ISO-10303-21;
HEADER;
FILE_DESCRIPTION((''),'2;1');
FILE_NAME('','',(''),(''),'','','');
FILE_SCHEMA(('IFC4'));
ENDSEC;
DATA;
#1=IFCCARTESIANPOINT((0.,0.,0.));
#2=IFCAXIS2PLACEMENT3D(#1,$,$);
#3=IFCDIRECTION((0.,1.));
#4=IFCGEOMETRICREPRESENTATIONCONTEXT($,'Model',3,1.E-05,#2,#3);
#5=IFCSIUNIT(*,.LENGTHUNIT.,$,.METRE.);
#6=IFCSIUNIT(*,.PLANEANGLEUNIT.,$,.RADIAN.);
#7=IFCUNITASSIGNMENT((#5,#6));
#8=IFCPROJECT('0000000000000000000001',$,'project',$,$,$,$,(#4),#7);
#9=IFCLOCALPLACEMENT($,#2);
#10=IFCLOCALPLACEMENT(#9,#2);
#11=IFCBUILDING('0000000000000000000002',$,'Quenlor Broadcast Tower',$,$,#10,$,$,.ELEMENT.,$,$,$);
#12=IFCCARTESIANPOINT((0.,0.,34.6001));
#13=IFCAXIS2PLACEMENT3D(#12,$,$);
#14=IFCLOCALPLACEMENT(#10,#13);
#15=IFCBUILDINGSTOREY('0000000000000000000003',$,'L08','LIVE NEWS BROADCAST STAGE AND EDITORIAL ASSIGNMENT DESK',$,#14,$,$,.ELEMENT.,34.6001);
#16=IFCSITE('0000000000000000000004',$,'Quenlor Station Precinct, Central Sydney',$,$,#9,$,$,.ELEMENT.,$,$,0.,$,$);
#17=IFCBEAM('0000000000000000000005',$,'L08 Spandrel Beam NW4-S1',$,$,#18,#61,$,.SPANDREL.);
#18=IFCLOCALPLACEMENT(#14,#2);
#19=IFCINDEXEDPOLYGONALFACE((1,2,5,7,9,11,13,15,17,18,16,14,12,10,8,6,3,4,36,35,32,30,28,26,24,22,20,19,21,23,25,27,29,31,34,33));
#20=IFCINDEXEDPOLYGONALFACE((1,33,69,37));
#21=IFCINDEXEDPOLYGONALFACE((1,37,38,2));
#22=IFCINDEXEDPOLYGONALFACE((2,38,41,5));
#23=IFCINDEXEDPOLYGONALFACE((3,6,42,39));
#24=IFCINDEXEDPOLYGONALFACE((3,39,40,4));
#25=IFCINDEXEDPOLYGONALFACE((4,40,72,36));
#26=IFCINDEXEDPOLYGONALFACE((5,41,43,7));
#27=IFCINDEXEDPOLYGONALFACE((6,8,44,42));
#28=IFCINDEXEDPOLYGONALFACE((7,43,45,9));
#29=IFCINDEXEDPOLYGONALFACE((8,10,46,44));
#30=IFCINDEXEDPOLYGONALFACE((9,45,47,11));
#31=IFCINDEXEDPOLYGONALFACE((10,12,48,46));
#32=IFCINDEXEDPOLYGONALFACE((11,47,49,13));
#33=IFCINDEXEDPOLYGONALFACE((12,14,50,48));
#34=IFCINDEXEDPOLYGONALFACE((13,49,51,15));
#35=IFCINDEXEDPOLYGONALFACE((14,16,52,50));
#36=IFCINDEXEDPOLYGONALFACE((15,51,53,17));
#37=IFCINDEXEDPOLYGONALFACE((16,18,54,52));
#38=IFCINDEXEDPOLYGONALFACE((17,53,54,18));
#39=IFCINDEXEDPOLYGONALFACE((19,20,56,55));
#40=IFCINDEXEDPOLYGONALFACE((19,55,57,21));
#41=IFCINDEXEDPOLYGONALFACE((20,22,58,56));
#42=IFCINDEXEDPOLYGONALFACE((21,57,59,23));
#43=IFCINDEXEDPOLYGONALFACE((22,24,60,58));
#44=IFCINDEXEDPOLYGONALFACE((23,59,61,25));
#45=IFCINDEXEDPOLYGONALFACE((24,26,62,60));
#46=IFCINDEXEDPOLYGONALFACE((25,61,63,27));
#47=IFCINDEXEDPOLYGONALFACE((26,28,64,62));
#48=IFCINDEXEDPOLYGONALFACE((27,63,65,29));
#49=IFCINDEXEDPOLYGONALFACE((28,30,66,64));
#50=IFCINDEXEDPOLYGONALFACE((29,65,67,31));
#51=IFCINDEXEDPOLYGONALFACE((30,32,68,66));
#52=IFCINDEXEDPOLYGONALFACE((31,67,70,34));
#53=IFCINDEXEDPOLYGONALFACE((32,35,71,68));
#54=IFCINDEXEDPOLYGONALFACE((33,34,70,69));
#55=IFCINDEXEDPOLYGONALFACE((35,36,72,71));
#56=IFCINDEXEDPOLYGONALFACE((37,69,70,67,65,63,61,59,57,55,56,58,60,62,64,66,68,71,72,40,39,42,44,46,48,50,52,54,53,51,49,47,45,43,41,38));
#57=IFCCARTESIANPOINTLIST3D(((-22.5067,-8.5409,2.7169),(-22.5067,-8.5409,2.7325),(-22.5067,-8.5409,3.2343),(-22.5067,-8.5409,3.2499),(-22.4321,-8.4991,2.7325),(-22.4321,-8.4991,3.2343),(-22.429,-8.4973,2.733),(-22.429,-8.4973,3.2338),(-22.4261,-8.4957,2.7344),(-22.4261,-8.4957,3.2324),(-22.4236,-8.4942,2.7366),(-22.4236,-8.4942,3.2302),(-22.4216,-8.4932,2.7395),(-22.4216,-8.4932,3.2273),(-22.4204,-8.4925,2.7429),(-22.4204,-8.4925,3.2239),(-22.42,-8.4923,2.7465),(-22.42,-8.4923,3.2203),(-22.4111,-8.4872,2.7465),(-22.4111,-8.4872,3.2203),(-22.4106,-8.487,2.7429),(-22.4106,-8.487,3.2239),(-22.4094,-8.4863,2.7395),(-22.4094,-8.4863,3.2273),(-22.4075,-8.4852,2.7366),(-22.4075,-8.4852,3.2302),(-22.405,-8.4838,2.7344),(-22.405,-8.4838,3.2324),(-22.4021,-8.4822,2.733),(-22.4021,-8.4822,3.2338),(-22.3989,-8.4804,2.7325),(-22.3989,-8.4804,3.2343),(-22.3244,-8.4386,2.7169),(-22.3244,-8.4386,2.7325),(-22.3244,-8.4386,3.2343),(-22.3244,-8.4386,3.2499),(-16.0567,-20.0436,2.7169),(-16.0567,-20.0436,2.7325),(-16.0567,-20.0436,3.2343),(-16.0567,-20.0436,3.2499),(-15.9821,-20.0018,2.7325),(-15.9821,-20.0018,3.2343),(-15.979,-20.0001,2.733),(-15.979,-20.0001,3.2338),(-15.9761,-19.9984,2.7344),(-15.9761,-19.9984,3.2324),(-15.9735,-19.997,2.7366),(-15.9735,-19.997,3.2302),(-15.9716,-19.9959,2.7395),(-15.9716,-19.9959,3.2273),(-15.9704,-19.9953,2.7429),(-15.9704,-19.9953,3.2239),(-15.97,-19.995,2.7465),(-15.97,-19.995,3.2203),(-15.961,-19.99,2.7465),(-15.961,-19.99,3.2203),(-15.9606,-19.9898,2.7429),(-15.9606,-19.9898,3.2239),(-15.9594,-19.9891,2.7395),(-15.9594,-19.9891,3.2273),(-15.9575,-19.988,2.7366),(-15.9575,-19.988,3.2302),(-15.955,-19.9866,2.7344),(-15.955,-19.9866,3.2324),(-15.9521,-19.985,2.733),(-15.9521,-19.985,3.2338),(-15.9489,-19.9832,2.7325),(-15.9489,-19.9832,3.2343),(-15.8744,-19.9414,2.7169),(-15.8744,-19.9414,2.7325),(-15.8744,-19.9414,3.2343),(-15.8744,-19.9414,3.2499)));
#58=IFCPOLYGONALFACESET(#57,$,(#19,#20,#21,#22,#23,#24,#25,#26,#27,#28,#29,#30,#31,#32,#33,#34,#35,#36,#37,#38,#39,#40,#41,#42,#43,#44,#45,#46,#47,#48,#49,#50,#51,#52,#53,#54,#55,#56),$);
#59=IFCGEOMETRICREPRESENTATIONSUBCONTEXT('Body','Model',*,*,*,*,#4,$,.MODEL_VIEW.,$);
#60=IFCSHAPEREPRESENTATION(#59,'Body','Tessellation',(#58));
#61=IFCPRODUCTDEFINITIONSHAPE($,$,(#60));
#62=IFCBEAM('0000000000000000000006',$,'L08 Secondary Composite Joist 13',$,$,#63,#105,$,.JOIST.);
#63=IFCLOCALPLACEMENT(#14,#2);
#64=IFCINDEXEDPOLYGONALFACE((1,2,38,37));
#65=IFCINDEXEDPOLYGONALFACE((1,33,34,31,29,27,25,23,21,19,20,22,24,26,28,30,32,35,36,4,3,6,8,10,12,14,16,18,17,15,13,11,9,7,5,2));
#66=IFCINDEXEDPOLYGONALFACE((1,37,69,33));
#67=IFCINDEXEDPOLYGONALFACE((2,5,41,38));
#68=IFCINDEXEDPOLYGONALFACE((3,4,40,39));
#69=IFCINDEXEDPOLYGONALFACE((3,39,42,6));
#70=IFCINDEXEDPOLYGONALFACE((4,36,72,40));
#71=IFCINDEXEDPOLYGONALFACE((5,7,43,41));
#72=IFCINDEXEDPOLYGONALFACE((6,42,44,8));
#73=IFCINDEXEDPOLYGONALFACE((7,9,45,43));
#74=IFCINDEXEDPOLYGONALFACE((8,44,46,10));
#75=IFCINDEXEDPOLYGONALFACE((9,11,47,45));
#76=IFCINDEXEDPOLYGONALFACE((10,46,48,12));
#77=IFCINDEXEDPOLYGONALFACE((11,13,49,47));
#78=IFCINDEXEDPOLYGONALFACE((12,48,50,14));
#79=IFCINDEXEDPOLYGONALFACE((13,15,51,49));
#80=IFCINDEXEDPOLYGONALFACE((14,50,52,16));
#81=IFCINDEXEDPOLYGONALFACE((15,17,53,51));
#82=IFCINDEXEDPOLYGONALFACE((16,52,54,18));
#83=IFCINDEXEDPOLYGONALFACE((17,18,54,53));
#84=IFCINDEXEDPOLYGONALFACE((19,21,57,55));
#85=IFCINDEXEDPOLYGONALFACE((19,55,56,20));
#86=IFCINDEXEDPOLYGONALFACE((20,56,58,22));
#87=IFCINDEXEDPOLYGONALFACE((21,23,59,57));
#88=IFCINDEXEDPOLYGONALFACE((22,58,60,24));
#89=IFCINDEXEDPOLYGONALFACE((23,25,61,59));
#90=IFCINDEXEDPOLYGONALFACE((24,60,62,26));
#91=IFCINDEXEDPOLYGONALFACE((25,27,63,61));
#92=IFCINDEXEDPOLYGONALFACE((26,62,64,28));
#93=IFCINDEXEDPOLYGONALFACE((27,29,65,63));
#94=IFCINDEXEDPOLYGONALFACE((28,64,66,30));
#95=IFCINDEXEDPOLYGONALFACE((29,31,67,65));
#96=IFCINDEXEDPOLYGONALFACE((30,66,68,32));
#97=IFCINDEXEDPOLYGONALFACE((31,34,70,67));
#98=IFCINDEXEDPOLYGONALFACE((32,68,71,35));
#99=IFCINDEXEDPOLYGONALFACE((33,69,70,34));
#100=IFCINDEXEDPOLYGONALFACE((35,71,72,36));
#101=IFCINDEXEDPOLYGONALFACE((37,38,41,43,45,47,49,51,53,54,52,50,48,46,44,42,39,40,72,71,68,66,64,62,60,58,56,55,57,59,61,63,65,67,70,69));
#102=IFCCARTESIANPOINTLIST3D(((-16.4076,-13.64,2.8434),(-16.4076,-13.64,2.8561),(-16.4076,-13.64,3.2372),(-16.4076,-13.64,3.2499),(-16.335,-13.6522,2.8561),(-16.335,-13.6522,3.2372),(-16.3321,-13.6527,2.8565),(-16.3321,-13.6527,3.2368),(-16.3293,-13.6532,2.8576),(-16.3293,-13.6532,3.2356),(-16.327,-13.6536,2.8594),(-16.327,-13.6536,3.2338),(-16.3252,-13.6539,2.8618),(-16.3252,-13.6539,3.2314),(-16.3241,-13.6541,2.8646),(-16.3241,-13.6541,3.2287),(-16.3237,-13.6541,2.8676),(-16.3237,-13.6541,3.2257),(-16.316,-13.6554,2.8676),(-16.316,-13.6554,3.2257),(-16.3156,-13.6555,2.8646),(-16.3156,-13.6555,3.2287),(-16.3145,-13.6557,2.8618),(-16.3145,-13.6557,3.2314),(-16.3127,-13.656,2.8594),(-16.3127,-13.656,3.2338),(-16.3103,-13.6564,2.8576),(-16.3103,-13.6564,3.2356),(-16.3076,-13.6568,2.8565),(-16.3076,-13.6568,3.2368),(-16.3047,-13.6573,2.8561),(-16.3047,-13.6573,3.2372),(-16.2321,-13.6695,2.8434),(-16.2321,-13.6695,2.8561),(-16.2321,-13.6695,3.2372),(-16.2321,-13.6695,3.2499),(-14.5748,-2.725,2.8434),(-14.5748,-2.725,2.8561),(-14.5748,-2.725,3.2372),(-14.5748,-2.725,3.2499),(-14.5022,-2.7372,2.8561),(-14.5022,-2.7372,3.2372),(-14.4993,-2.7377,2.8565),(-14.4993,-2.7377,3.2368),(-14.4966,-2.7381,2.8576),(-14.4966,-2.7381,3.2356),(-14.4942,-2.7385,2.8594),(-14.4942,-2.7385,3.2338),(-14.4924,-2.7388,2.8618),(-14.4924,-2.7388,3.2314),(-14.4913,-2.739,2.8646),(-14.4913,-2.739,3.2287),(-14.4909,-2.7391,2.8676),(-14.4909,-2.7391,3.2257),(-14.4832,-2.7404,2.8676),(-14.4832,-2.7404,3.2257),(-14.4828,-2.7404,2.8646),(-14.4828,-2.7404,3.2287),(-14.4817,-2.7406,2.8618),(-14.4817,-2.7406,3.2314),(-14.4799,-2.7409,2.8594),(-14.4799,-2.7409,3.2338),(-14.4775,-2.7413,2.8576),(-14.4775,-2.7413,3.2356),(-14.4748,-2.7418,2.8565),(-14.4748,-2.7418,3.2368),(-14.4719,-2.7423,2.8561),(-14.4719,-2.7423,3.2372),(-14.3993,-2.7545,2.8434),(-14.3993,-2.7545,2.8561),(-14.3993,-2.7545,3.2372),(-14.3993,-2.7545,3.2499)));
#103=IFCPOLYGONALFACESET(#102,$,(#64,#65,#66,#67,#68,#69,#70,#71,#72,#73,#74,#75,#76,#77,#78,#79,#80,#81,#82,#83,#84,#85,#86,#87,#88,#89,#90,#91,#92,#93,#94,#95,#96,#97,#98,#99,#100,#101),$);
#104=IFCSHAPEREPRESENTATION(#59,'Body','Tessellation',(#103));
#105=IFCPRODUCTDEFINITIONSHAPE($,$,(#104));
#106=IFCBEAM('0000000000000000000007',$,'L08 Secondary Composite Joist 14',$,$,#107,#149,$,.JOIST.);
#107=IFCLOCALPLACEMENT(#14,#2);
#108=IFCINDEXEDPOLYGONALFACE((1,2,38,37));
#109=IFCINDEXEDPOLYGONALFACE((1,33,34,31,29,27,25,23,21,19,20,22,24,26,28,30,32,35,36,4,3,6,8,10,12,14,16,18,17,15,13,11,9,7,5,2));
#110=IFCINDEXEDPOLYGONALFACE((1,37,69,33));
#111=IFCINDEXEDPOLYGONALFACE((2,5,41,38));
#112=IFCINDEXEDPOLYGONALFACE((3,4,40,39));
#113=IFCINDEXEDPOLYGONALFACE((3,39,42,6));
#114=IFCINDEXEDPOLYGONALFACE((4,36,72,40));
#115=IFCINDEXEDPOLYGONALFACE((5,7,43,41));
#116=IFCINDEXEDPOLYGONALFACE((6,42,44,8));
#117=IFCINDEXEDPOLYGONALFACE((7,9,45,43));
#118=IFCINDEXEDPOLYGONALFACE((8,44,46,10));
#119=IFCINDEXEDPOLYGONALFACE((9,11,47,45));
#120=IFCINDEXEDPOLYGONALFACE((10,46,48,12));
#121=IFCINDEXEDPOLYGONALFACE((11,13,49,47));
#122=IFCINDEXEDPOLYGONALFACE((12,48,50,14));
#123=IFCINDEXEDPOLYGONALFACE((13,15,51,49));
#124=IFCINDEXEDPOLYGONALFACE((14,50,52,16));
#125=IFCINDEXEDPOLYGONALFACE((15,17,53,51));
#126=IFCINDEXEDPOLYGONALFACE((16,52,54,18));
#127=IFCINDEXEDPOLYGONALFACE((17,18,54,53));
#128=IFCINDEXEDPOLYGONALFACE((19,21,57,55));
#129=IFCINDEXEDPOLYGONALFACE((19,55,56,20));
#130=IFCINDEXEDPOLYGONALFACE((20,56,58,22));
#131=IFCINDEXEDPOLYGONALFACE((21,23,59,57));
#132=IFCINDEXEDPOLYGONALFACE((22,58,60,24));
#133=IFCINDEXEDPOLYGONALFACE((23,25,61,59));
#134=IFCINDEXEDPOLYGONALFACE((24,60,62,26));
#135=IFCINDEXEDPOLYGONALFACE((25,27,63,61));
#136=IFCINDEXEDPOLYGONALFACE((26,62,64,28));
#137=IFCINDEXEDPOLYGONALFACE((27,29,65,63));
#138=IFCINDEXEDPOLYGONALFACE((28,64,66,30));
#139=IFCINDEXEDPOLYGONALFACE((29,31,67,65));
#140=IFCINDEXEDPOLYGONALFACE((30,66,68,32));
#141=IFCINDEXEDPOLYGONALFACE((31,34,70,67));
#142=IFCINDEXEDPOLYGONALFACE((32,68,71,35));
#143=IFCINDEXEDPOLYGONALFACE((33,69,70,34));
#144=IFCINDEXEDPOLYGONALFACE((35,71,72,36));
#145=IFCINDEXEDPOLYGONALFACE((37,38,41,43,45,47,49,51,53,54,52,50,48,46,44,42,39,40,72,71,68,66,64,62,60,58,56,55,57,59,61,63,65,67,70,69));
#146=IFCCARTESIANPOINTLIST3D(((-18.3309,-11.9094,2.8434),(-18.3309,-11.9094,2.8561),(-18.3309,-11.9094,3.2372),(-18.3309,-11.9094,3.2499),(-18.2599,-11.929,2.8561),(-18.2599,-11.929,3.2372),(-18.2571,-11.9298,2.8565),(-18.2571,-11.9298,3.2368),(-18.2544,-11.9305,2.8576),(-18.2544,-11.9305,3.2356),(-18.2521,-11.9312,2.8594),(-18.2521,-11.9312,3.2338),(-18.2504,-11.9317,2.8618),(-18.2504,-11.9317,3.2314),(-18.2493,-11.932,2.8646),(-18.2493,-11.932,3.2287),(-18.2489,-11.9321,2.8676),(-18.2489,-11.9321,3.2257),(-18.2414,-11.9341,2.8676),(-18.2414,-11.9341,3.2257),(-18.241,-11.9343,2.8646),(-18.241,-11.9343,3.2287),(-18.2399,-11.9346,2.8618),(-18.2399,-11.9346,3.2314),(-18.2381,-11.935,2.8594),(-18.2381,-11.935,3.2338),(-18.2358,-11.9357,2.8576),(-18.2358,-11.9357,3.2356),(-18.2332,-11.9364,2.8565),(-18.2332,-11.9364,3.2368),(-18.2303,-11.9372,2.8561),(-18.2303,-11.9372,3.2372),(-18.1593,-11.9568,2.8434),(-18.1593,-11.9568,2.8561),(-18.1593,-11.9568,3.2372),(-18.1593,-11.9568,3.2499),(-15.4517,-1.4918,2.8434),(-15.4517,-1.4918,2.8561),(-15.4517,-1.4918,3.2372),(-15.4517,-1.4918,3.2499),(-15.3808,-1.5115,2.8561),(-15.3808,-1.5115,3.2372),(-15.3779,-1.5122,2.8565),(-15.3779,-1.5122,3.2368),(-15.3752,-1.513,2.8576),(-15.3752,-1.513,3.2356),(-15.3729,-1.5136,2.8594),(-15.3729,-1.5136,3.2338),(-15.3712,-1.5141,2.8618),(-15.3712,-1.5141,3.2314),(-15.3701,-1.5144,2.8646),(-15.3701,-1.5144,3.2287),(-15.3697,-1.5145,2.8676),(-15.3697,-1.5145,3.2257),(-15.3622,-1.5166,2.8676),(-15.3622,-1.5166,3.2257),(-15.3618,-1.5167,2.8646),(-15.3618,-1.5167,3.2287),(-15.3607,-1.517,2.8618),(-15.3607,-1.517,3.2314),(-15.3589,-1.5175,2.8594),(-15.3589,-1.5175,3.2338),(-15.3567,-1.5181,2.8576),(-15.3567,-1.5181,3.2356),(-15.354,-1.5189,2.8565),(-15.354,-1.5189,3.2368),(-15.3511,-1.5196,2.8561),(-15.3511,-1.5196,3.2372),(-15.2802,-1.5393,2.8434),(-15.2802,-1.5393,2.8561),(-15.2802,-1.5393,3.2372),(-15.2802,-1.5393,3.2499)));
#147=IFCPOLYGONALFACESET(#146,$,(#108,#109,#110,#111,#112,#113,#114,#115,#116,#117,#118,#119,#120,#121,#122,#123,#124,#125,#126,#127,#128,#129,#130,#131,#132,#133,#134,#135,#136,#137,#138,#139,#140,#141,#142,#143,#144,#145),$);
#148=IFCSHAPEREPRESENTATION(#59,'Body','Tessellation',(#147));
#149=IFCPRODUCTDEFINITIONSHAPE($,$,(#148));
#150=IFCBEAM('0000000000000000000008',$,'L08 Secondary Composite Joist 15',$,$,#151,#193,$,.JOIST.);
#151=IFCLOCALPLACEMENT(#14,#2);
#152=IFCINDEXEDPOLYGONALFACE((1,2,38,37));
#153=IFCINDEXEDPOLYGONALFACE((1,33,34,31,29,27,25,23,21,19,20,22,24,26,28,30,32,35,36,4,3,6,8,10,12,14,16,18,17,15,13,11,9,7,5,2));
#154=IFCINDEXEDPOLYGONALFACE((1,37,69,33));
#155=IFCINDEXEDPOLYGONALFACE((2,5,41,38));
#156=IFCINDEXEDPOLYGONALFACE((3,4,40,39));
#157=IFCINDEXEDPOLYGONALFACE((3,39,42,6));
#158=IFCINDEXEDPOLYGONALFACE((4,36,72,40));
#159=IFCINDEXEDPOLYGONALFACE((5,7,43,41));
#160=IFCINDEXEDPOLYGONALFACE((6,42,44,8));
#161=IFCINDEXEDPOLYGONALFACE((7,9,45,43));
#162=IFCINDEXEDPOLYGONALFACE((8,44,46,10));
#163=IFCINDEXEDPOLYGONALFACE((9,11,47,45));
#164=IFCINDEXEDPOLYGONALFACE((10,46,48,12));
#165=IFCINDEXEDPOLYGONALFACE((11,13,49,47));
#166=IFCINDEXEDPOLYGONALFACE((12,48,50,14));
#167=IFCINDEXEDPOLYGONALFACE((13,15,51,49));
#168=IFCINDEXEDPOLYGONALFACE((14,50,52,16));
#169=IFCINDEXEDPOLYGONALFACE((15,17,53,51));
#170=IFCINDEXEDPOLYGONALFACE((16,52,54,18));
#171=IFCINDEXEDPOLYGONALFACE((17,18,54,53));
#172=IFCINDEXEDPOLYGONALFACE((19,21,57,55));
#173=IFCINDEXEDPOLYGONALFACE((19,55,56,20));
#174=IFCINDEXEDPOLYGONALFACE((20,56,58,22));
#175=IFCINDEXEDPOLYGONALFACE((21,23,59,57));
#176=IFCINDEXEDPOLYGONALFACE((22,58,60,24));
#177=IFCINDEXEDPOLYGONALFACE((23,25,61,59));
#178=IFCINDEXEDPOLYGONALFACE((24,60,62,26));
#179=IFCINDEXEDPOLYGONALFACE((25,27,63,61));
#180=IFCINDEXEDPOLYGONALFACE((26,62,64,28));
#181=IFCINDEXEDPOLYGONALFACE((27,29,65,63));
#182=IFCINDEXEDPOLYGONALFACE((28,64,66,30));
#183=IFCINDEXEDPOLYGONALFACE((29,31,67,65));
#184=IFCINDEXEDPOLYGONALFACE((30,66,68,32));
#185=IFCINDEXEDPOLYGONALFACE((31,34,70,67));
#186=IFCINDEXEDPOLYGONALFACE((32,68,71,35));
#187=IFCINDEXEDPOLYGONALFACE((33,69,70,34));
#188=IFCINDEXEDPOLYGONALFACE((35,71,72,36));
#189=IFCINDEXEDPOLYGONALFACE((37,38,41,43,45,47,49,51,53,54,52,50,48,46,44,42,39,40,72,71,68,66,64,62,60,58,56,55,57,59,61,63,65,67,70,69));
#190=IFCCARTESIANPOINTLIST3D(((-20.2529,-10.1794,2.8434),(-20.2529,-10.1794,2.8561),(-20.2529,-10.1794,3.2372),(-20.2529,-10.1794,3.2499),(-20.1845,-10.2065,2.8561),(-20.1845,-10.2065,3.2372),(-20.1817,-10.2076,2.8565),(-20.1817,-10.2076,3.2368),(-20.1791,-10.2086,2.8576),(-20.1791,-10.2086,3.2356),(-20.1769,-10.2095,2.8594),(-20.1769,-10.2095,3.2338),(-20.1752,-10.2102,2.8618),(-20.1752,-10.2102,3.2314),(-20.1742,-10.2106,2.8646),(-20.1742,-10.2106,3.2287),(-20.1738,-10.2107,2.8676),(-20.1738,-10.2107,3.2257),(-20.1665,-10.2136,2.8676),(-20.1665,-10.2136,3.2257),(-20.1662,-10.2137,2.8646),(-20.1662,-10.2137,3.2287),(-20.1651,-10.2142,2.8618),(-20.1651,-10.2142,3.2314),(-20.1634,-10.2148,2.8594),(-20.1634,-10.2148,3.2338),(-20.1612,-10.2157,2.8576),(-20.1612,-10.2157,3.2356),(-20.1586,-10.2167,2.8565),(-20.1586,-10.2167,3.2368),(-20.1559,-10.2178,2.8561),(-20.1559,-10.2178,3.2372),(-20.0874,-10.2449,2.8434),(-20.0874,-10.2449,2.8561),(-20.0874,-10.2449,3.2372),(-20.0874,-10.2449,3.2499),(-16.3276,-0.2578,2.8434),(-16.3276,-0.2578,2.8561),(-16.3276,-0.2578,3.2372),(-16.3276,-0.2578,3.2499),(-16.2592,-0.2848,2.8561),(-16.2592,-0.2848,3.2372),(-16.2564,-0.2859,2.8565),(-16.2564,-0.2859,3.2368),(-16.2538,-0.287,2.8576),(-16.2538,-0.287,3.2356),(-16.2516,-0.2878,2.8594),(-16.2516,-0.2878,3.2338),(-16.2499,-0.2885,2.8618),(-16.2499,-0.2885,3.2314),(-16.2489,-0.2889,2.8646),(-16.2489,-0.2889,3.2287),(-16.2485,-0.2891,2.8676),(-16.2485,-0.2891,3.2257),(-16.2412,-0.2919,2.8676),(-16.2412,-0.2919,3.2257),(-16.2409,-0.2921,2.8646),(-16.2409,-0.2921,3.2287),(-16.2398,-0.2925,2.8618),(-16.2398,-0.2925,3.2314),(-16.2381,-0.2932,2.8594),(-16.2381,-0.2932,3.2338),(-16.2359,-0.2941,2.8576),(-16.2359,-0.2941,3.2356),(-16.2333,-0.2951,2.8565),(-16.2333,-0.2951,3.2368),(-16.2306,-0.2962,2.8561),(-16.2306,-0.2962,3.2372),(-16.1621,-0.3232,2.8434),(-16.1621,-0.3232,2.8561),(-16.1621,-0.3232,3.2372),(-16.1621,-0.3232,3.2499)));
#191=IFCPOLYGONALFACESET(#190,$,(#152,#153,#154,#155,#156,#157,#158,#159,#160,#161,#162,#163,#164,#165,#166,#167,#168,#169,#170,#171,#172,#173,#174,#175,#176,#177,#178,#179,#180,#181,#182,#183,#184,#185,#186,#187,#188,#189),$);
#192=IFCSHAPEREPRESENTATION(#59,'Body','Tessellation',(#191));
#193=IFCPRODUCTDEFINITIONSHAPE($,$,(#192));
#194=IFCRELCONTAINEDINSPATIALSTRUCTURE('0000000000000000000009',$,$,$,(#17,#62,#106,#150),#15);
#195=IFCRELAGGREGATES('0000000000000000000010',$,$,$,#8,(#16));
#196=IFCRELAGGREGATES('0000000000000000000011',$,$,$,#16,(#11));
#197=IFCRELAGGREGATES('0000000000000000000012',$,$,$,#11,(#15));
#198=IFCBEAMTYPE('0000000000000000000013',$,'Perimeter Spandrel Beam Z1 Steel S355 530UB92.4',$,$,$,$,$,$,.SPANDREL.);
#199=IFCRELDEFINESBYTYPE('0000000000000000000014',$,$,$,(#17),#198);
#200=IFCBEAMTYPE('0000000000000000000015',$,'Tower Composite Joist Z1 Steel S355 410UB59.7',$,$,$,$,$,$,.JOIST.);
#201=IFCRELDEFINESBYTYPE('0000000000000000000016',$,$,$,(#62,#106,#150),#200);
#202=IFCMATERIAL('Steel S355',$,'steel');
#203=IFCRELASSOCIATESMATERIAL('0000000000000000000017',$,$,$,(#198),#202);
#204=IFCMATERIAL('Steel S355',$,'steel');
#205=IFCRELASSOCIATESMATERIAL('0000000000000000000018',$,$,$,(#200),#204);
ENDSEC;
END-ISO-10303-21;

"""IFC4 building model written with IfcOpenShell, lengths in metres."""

from ifc_helpers import new_model, si_unit, direction, frame, origin, origin_2d, place, context, subcontext, project, spatial, i_section, extrude, material, material_profile, profile_set, type_object, element, save


model = new_model("IFC4")

# Units and contexts
model_context = context("Model", 3, precision=1e-05, world=origin(), true_north=direction((0.0, 1.0)))
body_context = subcontext(model_context, "Body", "Model", "MODEL_VIEW")
ifc_project = project(units=[si_unit("LENGTHUNIT", "METRE"), si_unit("PLANEANGLEUNIT", "RADIAN")], contexts=[model_context])

# Site, building, storey
site_placement = place(None, origin())
site = spatial("IfcSite", under=ifc_project, at=site_placement, Name="Quenlor Station Precinct, Central Sydney", CompositionType="ELEMENT", RefElevation=0.0)
building_placement = place(site_placement, origin())
building = spatial("IfcBuilding", under=site, at=building_placement, Name="Quenlor Broadcast Tower", CompositionType="ELEMENT")
storey_placement = place(building_placement, frame((0.0, 0.0, 34.6001)))
storey = spatial("IfcBuildingStorey", under=building, at=storey_placement, Name="L08", Description="LIVE NEWS BROADCAST STAGE AND EDITORIAL ASSIGNMENT DESK", CompositionType="ELEMENT", Elevation=34.6001)

# Beams
ifc_material_1 = material(Name="Steel S355", Category="steel")
ifc_material_profile_1 = material_profile(ifc_material_1, i_section(OverallWidth=0.209, OverallDepth=0.533, WebThickness=0.0103, FlangeThickness=0.0156, FilletRadius=0.0139, at=origin_2d()))
ifc_profile_set_1 = profile_set([ifc_material_profile_1], Name="Steel S355 530UB92.4")
beam_type_1 = type_object("IfcBeamType", Name="Perimeter Spandrel Beam Z1 Steel S355 530UB92.4", PredefinedType="SPANDREL", material=ifc_profile_set_1)
beam_1_placement = place(storey_placement, frame((-22.4155, -8.4897, 2.9834), z_axis=(0.489091, -0.872233, 0.0), x_axis=(0.872233, 0.489091, 0.0)))
element("IfcBeam", 1, at=beam_1_placement, inside=storey, type_object=beam_type_1, Name="L08 Spandrel Beam NW4-S1", PredefinedType="SPANDREL", context=body_context, shape_type="SweptSolid", body=[
    extrude(i_section(OverallWidth=0.209, OverallDepth=0.533, WebThickness=0.0103, FlangeThickness=0.0156, FilletRadius=0.0139, at=origin_2d()), origin(), (0.0, 0.0, 1.0), 13.1877),
])
ifc_material_2 = material(Name="Steel S355", Category="steel")
ifc_material_profile_2 = material_profile(ifc_material_2, i_section(OverallWidth=0.178, OverallDepth=0.4065, WebThickness=0.0078, FlangeThickness=0.0127, FilletRadius=0.0115, at=origin_2d()))
ifc_profile_set_2 = profile_set([ifc_material_profile_2], Name="Steel S355 410UB59.7")
beam_type_2 = type_object("IfcBeamType", Name="Tower Composite Joist Z1 Steel S355 410UB59.7", PredefinedType="JOIST", material=ifc_profile_set_2)
beam_2_placement = place(storey_placement, frame((-16.3198, -13.6548, 3.0466), z_axis=(0.165594, 0.986194, 0.0), x_axis=(-0.986194, 0.165594, 0.0)))
element("IfcBeam", 2, at=beam_2_placement, inside=storey, type_object=beam_type_2, Name="L08 Secondary Composite Joist 13", PredefinedType="JOIST", context=body_context, shape_type="SweptSolid", body=[
    extrude(i_section(OverallWidth=0.178, OverallDepth=0.4065, WebThickness=0.0078, FlangeThickness=0.0127, FilletRadius=0.0115, at=origin_2d()), origin(), (0.0, 0.0, 1.0), 11.0679),
])
beam_3_placement = place(storey_placement, frame((-18.2451, -11.9331, 3.0466), z_axis=(0.26639, 0.963865, 0.0), x_axis=(-0.963865, 0.26639, 0.0)))
element("IfcBeam", 3, at=beam_3_placement, inside=storey, type_object=beam_type_2, Name="L08 Secondary Composite Joist 14", PredefinedType="JOIST", context=body_context, shape_type="SweptSolid", body=[
    extrude(i_section(OverallWidth=0.178, OverallDepth=0.4065, WebThickness=0.0078, FlangeThickness=0.0127, FilletRadius=0.0115, at=origin_2d()), origin(), (0.0, 0.0, 1.0), 10.8081),
])
beam_4_placement = place(storey_placement, frame((-20.1702, -10.2122, 3.0466), z_axis=(0.367885, 0.929871, 0.0), x_axis=(-0.929871, 0.367885, 0.0)))
element("IfcBeam", 4, at=beam_4_placement, inside=storey, type_object=beam_type_2, Name="L08 Secondary Composite Joist 15", PredefinedType="JOIST", context=body_context, shape_type="SweptSolid", body=[
    extrude(i_section(OverallWidth=0.178, OverallDepth=0.4065, WebThickness=0.0078, FlangeThickness=0.0127, FilletRadius=0.0115, at=origin_2d()), origin(), (0.0, 0.0, 1.0), 10.6699),
])

save(model, "model.ifc")
